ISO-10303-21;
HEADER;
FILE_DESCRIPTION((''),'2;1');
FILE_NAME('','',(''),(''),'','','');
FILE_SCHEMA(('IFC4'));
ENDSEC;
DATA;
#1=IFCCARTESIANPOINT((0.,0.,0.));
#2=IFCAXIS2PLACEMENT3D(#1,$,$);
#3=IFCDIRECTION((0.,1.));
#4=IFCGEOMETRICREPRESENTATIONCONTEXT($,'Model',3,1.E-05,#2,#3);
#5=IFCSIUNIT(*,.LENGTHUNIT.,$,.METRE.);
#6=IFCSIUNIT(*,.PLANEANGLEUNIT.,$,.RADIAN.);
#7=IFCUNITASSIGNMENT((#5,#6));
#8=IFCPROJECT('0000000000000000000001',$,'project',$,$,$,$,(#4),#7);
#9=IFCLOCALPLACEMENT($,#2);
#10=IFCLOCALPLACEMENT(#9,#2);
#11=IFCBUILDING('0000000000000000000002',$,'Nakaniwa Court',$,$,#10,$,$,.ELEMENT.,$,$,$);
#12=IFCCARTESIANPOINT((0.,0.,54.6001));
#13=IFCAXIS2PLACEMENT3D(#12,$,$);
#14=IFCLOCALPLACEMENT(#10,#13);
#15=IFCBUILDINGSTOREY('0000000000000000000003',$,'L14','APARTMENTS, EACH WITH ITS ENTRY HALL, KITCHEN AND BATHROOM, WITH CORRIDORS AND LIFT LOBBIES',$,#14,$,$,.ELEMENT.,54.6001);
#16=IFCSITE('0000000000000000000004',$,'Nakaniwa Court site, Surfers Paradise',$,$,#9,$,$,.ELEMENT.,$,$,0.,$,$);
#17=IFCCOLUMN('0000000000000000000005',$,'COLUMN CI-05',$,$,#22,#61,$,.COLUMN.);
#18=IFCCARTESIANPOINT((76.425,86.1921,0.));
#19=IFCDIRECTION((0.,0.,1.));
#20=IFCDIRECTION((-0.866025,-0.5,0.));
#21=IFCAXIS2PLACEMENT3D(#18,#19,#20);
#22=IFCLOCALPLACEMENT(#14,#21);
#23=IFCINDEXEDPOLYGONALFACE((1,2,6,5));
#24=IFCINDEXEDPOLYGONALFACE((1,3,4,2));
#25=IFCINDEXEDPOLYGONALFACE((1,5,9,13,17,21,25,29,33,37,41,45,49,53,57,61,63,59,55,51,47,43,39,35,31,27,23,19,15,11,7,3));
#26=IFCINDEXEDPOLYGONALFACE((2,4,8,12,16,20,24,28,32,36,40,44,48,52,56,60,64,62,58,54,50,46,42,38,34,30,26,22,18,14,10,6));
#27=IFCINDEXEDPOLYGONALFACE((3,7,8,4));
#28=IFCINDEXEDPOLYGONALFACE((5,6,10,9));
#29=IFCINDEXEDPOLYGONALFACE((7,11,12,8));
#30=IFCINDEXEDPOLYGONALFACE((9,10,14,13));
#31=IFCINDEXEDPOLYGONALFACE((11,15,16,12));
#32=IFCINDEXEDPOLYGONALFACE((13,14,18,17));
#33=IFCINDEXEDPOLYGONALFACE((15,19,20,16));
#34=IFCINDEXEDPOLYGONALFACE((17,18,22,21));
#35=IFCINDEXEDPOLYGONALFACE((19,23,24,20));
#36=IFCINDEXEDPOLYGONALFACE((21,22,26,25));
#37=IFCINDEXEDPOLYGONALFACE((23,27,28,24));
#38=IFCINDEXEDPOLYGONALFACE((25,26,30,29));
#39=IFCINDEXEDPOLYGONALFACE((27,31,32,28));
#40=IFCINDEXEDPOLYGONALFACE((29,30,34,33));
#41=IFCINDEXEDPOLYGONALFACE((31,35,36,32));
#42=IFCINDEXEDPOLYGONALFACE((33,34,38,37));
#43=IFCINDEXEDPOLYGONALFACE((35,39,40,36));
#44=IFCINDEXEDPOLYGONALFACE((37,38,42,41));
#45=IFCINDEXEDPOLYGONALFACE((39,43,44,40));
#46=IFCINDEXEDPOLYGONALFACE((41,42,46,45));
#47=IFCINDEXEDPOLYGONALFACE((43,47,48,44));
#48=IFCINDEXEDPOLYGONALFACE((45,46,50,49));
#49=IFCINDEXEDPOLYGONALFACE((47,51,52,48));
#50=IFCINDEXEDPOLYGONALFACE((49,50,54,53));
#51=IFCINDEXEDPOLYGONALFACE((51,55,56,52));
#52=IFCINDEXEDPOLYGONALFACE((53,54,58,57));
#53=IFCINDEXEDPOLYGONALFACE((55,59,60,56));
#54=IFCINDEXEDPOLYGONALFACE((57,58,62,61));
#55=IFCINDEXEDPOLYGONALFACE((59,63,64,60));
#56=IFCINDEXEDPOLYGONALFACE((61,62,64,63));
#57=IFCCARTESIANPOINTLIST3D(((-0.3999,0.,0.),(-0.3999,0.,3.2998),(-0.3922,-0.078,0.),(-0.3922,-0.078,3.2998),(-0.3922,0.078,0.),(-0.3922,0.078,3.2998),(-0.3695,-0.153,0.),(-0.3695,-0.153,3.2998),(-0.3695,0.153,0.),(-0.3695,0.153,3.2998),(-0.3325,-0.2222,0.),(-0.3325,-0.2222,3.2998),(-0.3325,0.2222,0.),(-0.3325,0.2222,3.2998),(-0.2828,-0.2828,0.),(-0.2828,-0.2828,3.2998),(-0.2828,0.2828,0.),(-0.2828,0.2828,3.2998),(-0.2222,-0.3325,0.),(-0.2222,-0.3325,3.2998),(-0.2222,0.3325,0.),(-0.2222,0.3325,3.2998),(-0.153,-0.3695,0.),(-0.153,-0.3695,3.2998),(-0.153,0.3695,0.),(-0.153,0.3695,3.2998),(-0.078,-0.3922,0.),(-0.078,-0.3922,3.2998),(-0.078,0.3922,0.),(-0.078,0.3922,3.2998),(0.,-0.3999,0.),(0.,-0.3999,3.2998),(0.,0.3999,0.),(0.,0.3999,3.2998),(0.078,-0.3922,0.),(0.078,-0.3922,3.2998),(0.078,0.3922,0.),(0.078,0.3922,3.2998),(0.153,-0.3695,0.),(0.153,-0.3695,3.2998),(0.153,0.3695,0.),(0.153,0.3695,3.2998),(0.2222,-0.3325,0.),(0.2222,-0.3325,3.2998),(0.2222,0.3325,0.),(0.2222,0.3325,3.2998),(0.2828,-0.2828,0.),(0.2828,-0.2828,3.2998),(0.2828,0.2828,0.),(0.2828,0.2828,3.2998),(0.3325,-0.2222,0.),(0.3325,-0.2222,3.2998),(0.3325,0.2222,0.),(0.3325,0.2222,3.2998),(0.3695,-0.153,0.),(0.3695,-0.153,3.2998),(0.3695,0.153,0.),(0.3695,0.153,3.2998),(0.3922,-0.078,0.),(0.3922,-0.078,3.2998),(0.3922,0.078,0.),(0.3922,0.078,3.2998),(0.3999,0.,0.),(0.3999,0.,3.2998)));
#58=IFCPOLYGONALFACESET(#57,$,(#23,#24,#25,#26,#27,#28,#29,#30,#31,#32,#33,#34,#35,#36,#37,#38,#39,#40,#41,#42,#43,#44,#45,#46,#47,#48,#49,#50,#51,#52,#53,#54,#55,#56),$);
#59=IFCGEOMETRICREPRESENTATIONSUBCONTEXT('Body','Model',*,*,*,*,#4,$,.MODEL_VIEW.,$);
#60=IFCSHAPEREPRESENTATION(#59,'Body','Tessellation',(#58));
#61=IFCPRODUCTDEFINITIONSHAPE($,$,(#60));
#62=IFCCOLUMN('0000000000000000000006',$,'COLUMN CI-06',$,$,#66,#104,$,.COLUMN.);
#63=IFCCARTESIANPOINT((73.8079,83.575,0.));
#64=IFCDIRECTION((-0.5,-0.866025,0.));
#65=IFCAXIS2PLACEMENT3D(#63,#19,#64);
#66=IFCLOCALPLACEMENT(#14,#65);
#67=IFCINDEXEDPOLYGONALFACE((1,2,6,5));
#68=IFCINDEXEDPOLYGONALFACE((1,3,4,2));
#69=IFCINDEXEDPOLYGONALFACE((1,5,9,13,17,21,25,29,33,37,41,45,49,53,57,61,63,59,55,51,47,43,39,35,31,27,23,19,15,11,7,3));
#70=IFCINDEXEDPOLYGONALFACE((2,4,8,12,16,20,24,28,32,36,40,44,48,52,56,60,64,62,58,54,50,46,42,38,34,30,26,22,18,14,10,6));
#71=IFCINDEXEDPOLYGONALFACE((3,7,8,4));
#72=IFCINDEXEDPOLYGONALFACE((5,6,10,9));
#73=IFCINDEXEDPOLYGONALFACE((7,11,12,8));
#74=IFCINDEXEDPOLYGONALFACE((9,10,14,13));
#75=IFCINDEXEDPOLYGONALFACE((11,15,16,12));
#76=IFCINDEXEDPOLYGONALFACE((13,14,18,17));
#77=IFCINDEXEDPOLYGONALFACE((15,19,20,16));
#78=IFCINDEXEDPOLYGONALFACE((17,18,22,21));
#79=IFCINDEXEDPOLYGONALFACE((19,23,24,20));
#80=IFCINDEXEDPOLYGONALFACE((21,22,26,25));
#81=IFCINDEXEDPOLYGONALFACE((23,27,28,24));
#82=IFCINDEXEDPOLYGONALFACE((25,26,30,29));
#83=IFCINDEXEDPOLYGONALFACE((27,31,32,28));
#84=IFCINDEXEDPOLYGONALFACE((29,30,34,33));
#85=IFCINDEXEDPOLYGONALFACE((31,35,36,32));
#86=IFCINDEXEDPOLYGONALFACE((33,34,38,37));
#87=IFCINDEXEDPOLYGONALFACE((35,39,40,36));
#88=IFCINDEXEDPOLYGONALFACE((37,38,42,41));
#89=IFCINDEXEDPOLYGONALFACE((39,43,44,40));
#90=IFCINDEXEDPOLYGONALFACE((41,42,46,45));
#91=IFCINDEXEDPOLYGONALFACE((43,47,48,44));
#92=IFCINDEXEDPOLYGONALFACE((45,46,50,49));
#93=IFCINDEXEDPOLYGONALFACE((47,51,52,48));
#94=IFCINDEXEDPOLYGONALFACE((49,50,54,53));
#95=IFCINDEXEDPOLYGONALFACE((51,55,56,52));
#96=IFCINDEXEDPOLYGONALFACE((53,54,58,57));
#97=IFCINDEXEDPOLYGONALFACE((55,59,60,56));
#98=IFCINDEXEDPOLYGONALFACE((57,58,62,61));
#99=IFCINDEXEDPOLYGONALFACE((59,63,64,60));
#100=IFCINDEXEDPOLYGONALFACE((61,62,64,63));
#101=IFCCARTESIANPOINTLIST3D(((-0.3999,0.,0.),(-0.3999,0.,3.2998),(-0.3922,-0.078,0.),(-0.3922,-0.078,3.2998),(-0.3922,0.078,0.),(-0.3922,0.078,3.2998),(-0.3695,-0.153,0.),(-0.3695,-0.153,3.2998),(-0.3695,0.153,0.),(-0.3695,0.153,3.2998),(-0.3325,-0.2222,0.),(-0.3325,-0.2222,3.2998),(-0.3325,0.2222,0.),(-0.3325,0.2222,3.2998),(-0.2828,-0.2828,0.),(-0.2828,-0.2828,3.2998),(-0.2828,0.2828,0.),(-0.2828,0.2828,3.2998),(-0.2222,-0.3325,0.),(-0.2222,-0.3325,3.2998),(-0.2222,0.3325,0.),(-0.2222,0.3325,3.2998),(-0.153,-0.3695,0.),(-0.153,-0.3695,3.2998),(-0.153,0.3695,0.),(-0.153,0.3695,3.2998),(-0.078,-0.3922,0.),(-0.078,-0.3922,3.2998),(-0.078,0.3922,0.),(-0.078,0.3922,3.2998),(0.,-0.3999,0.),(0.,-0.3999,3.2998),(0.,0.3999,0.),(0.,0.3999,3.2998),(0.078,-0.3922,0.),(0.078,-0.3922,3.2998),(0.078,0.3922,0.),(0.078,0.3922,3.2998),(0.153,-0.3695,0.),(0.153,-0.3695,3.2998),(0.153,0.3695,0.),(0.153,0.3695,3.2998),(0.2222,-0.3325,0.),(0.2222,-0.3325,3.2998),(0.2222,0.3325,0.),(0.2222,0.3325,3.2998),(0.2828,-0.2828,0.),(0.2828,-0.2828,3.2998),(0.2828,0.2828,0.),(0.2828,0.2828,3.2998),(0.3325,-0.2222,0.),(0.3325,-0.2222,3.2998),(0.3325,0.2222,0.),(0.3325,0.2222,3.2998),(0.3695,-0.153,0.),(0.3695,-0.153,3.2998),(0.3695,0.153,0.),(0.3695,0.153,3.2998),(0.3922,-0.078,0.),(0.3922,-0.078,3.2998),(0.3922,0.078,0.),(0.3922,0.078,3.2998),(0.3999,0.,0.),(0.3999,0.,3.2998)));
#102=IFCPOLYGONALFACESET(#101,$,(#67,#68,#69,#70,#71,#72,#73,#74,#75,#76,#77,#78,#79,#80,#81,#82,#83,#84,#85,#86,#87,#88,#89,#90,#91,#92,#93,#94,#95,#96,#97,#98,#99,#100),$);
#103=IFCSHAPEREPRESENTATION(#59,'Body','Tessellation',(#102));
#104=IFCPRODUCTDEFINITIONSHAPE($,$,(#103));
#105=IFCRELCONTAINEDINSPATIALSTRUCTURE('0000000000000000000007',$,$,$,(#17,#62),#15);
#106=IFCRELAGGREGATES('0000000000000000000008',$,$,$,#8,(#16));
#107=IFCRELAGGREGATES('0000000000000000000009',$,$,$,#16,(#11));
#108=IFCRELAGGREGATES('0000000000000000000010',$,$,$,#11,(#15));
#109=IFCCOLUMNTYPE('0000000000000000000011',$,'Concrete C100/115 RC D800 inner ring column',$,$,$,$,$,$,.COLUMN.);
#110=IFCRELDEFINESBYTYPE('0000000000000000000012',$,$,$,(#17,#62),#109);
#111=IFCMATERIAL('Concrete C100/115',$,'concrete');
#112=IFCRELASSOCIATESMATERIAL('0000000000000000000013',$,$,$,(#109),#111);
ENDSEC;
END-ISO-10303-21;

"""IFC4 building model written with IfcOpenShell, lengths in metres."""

from ifc_helpers import new_model, si_unit, direction, frame, origin, origin_2d, place, context, subcontext, project, spatial, circle, extrude, material, material_profile, profile_set, type_object, element, save


model = new_model("IFC4")

# Units and contexts
model_context = context("Model", 3, precision=1e-05, world=origin(), true_north=direction((0.0, 1.0)))
body_context = subcontext(model_context, "Body", "Model", "MODEL_VIEW")
ifc_project = project(units=[si_unit("LENGTHUNIT", "METRE"), si_unit("PLANEANGLEUNIT", "RADIAN")], contexts=[model_context])

# Site, building, storey
site_placement = place(None, origin())
site = spatial("IfcSite", under=ifc_project, at=site_placement, Name="Nakaniwa Court site, Surfers Paradise", CompositionType="ELEMENT", RefElevation=0.0)
building_placement = place(site_placement, origin())
building = spatial("IfcBuilding", under=site, at=building_placement, Name="Nakaniwa Court", CompositionType="ELEMENT")
storey_placement = place(building_placement, frame((0.0, 0.0, 54.6001)))
storey = spatial("IfcBuildingStorey", under=building, at=storey_placement, Name="L14", Description="APARTMENTS, EACH WITH ITS ENTRY HALL, KITCHEN AND BATHROOM, WITH CORRIDORS AND LIFT LOBBIES", CompositionType="ELEMENT", Elevation=54.6001)

# Columns
ifc_material_1 = material(Name="Concrete C100/115", Category="concrete")
ifc_material_profile_1 = material_profile(ifc_material_1, circle(Radius=0.3999, at=origin_2d()), Name="Concrete C100/115 RC D800 inner ring column")
ifc_profile_set_1 = profile_set([ifc_material_profile_1], Name="Concrete C100/115")
column_type_1 = type_object("IfcColumnType", Name="Concrete C100/115 RC D800 inner ring column", PredefinedType="COLUMN", material=ifc_profile_set_1)
for number, where, z_axis, x_axis, name in (
    (1, (76.425, 86.1921, 0.0), (0.0, 0.0, 1.0), (-0.866025, -0.5, 0.0), "COLUMN CI-05"),
    (2, (73.8079, 83.575, 0.0), (0.0, 0.0, 1.0), (-0.5, -0.866025, 0.0), "COLUMN CI-06"),
):
    element("IfcColumn", number, at=place(storey_placement, frame(where, z_axis=z_axis, x_axis=x_axis)), inside=storey, type_object=column_type_1, Name=name, PredefinedType="COLUMN", context=body_context, shape_type="SweptSolid", body=[
        extrude(circle(Radius=0.3999, at=origin_2d()), origin(), (0.0, 0.0, 1.0), 3.2998),
    ])

save(model, "model.ifc")
